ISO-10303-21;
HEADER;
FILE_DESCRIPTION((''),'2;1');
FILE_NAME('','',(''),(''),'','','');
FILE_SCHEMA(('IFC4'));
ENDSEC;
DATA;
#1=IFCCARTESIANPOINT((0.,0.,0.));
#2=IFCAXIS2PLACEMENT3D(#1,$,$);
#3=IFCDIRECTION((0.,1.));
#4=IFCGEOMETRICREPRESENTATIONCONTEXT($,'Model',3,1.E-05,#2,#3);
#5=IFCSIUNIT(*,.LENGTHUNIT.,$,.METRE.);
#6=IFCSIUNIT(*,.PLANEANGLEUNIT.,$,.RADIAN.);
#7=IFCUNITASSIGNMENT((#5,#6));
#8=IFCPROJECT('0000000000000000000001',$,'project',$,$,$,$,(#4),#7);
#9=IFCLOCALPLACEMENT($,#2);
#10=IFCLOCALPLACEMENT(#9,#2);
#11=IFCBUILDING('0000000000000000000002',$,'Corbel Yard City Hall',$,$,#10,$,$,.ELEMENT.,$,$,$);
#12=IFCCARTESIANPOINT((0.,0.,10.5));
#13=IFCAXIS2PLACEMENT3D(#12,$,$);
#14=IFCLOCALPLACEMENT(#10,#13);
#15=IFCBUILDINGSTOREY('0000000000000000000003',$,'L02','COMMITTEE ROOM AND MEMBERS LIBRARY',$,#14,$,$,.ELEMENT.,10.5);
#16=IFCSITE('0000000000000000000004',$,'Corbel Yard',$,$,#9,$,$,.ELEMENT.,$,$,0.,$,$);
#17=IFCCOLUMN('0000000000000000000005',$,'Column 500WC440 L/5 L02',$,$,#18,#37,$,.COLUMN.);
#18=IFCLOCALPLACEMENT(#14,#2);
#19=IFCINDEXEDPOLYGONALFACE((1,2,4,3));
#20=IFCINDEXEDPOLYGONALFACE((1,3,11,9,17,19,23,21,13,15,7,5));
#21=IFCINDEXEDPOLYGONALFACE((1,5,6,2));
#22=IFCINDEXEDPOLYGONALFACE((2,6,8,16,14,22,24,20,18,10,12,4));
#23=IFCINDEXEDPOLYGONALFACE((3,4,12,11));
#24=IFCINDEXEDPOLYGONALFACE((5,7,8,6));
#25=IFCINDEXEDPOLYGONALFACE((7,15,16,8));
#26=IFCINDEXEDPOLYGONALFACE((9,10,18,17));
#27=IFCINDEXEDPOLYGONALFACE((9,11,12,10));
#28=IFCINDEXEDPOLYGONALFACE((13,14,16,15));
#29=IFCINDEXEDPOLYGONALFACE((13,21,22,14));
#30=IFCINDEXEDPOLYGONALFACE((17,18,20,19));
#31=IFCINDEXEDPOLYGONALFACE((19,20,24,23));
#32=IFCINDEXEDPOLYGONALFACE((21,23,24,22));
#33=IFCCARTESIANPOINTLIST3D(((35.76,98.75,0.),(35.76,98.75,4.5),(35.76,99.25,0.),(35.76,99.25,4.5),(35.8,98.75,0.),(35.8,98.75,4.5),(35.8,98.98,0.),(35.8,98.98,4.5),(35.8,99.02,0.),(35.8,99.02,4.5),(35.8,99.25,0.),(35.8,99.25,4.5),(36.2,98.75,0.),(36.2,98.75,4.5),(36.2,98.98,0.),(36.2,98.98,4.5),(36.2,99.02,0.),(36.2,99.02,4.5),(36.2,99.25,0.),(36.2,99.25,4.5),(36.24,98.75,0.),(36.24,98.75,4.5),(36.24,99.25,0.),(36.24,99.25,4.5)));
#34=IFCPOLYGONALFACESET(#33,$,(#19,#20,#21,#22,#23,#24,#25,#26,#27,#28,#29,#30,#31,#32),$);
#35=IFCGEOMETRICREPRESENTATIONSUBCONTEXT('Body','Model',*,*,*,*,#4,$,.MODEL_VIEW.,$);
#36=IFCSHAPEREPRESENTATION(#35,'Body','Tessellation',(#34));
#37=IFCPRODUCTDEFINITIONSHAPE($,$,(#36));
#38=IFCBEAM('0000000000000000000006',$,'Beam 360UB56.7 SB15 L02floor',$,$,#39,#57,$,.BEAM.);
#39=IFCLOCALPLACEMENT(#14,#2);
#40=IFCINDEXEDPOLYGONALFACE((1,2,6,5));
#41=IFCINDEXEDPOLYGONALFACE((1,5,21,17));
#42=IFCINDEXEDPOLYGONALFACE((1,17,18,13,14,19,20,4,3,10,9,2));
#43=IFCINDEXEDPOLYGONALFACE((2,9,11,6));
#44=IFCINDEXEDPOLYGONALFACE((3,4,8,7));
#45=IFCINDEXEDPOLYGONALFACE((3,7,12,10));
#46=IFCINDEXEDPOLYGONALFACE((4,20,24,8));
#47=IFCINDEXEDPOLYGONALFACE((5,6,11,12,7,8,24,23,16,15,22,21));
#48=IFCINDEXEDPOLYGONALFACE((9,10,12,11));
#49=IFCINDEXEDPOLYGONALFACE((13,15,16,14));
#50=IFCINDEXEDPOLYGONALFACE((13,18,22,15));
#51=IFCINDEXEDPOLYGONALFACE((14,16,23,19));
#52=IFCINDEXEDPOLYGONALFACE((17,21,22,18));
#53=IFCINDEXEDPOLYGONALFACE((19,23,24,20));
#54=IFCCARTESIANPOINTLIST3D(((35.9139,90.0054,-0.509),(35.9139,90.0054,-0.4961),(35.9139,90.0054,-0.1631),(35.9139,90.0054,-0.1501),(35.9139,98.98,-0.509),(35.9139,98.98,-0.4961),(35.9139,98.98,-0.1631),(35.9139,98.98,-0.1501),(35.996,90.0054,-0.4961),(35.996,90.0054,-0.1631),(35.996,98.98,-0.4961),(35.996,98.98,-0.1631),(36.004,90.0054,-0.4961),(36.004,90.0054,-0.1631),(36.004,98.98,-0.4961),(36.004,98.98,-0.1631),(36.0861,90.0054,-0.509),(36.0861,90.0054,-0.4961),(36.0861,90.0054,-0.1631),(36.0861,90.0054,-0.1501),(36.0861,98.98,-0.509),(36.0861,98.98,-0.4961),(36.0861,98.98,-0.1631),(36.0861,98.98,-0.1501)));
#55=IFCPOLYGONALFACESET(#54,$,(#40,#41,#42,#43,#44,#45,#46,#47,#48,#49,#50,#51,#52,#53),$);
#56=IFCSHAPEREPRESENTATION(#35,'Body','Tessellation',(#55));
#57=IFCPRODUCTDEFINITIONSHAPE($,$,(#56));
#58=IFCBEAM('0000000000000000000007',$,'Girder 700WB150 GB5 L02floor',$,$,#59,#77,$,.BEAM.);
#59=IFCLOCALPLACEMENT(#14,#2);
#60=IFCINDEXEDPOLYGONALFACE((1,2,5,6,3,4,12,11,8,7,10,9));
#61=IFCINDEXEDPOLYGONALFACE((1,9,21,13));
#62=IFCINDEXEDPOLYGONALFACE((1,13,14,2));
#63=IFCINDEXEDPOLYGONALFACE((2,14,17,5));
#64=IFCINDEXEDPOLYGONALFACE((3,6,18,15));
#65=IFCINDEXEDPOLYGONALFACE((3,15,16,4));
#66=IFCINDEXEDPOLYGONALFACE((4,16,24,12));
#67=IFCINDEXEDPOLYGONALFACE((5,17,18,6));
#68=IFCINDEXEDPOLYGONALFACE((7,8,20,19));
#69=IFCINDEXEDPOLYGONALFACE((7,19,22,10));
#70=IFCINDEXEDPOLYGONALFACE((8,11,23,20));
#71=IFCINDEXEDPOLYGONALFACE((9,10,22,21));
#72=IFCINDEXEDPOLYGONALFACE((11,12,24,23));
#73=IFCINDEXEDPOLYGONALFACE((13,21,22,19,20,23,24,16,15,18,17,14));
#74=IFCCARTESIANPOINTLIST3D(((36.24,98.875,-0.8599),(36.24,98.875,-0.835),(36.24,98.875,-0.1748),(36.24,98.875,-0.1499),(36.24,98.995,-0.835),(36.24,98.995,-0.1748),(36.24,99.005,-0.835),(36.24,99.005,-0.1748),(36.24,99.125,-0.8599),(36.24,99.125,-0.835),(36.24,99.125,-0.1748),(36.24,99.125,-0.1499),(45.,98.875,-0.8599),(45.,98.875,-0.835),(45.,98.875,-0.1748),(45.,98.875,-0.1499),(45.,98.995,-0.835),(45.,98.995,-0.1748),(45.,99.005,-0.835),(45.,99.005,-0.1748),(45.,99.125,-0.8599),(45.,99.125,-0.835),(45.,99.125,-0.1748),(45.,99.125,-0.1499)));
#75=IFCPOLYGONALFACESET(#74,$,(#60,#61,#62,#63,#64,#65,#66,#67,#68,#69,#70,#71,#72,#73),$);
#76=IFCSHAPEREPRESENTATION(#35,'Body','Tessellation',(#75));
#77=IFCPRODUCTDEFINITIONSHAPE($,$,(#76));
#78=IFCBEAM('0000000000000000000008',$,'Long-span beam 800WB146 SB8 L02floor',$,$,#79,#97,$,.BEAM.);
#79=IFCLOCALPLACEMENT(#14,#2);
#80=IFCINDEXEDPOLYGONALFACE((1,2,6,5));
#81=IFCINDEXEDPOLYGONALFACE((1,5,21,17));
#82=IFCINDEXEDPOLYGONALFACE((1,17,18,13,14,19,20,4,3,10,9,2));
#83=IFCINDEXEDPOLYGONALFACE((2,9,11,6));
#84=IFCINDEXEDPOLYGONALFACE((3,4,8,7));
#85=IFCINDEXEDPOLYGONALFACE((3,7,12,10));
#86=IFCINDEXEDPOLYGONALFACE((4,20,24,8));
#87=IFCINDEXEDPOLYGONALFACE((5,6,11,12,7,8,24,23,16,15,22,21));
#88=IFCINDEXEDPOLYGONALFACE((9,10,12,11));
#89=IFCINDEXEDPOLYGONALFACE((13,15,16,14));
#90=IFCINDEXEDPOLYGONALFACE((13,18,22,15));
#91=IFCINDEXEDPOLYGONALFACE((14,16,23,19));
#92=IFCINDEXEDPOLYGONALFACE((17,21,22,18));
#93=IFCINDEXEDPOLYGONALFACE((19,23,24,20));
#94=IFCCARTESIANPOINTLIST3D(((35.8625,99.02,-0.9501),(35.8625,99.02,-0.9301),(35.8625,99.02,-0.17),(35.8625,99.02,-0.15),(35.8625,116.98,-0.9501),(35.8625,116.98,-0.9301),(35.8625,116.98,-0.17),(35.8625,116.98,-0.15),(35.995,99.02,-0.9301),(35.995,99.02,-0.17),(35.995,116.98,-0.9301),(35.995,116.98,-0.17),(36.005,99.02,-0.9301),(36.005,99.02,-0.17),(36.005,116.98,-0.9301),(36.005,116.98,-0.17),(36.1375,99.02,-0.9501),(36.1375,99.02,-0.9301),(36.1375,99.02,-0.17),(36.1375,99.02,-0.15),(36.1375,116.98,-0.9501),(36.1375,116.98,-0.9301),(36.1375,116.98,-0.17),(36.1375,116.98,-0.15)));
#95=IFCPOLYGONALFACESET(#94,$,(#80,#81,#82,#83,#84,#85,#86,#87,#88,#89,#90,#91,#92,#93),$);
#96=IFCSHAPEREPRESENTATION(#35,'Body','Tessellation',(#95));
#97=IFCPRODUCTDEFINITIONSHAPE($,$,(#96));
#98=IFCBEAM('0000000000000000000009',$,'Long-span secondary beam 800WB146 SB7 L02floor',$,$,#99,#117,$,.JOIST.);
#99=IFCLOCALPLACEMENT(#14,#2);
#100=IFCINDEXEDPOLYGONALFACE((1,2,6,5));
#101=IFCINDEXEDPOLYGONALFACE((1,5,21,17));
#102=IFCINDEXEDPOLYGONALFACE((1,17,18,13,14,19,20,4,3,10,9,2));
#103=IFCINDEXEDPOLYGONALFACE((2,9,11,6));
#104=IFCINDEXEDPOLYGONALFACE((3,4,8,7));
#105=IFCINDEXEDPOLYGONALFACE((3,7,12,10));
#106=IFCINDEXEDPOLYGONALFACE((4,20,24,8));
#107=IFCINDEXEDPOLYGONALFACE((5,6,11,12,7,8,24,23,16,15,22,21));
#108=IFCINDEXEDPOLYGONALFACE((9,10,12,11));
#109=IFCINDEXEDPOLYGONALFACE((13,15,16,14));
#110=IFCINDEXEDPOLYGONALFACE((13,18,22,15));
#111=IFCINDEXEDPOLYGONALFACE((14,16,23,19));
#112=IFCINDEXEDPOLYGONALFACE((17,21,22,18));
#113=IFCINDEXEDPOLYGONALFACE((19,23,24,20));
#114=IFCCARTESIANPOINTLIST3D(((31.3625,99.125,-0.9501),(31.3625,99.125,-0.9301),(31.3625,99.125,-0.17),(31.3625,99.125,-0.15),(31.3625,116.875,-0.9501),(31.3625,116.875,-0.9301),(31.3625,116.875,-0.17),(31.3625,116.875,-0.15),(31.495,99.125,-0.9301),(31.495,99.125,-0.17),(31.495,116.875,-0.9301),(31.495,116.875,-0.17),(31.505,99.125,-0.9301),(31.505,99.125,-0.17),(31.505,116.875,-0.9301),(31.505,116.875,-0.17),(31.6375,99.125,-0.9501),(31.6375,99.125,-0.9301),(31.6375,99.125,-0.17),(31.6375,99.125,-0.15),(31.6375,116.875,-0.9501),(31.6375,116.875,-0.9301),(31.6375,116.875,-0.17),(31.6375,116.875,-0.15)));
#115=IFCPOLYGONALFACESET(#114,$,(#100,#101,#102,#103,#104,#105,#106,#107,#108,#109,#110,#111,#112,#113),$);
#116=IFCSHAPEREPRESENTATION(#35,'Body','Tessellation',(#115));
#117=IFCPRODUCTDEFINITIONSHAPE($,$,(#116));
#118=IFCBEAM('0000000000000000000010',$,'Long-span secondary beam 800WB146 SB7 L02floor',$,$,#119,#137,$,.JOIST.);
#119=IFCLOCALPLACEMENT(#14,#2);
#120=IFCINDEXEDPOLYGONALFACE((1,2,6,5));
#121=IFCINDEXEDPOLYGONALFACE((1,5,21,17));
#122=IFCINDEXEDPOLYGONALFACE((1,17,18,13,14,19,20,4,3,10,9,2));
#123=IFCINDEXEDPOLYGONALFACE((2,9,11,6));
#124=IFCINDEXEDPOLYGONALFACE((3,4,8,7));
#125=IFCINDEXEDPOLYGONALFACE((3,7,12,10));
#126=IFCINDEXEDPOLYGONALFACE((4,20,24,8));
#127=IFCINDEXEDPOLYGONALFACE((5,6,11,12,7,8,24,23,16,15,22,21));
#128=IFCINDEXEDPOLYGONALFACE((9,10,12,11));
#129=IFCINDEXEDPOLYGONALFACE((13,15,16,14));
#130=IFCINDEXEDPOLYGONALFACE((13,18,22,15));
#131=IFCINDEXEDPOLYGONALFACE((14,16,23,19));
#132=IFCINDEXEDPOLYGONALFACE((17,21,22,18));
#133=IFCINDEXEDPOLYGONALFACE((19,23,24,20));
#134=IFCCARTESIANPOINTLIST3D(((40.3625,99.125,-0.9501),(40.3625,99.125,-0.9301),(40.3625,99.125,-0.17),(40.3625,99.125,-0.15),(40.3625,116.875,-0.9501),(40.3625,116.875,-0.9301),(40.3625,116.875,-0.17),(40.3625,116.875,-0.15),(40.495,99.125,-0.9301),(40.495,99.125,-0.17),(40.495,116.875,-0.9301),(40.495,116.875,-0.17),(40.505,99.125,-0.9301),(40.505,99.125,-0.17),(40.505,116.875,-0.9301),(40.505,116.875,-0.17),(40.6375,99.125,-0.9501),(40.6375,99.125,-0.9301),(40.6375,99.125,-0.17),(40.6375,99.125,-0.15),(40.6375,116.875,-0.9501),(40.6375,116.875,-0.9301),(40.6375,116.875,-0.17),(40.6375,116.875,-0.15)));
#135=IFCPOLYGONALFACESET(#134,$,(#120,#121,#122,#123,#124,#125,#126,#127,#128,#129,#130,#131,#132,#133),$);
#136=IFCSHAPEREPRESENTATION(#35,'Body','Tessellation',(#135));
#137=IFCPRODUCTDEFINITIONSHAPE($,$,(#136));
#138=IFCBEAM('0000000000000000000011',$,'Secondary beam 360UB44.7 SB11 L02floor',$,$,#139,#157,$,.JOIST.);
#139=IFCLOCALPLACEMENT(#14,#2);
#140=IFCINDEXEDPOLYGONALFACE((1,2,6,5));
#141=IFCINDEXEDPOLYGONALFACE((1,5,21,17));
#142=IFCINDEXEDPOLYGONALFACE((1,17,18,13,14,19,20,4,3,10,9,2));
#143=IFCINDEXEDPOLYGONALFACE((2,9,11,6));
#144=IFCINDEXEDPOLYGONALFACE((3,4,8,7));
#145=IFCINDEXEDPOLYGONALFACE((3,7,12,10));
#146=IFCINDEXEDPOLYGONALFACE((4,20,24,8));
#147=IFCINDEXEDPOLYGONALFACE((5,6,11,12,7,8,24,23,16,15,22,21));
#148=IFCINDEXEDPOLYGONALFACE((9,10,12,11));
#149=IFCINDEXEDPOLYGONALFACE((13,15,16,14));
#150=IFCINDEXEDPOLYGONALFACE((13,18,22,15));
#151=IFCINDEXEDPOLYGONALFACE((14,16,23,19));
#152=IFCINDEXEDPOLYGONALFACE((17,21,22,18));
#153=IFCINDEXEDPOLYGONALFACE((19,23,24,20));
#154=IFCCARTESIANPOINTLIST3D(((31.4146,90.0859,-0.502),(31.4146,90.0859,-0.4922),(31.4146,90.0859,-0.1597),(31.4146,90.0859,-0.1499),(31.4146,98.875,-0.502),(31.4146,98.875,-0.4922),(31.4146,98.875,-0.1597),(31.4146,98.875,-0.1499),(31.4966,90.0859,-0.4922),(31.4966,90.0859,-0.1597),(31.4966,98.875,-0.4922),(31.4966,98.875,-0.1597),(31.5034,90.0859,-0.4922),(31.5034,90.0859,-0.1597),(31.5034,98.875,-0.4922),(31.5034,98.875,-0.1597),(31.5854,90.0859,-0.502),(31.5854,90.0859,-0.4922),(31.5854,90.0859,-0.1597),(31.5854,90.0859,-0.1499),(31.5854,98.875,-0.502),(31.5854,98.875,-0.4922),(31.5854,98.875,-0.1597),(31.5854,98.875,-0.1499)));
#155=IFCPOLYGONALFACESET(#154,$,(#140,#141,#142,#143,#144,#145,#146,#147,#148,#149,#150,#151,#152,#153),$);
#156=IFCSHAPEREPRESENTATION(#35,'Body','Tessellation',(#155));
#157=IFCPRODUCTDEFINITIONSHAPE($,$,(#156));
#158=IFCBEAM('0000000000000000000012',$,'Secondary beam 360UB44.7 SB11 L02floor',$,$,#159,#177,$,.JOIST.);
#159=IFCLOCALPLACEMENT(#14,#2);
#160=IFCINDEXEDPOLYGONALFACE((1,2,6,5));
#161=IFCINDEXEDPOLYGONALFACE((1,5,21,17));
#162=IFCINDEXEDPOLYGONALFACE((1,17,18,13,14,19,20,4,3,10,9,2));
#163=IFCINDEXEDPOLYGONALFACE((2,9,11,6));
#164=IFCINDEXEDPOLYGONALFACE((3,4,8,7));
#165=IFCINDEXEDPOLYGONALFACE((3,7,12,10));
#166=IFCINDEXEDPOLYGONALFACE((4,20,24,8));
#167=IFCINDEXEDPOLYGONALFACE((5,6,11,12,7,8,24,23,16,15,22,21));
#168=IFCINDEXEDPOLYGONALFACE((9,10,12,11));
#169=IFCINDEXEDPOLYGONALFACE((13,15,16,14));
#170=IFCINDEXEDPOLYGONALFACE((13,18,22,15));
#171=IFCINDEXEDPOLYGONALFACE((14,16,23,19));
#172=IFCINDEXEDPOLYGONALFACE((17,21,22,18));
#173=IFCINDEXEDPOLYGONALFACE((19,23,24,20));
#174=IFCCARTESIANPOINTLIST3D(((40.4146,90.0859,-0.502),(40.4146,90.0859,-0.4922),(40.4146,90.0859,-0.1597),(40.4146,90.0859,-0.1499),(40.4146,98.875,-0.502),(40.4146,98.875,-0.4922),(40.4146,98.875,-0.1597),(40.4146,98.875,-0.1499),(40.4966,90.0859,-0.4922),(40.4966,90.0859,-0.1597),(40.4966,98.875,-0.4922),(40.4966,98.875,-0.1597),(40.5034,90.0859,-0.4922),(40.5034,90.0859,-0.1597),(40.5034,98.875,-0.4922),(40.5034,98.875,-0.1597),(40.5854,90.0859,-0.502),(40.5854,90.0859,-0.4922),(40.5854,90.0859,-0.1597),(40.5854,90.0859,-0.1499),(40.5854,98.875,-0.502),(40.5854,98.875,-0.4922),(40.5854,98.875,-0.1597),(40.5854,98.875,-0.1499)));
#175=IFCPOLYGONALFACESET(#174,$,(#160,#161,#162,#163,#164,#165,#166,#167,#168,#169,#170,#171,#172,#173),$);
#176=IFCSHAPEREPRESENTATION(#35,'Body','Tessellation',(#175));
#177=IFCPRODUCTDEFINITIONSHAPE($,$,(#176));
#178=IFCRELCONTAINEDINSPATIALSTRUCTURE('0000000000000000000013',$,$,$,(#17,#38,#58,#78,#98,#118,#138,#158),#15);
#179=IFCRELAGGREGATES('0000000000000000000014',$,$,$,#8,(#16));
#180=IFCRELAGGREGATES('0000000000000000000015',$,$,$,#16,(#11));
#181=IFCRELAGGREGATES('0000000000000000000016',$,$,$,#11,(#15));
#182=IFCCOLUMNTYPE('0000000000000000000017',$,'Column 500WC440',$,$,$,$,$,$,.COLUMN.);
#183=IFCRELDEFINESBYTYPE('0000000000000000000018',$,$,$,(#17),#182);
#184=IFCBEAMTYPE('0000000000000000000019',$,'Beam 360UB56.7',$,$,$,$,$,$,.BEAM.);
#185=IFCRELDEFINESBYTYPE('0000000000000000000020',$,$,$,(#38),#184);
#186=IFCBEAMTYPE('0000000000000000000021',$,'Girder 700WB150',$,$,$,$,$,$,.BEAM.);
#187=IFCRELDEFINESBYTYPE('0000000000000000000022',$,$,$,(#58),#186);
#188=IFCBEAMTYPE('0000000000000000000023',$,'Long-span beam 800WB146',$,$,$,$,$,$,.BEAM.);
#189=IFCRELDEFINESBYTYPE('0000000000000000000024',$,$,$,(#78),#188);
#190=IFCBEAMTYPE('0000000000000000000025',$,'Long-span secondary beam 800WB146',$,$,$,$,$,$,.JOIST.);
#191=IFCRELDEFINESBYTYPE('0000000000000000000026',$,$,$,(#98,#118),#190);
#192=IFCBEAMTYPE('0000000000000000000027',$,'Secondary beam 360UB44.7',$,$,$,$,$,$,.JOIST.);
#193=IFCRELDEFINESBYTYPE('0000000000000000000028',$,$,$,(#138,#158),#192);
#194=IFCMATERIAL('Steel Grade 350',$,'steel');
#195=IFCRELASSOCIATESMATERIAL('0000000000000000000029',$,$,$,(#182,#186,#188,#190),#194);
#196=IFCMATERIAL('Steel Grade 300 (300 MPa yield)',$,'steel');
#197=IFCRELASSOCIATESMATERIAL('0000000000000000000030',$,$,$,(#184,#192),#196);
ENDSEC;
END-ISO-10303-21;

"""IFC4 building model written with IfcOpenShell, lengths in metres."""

from ifc_helpers import new_model, si_unit, direction, frame, origin, origin_2d, place, context, subcontext, project, spatial, i_section, extrude, material, material_profile, profile_set, type_object, element, save


model = new_model("IFC4")

# Units and contexts
model_context = context("Model", 3, precision=1e-05, world=origin(), true_north=direction((0.0, 1.0)))
body_context = subcontext(model_context, "Body", "Model", "MODEL_VIEW")
ifc_project = project(units=[si_unit("LENGTHUNIT", "METRE"), si_unit("PLANEANGLEUNIT", "RADIAN")], contexts=[model_context])

# Site, building, storey
site_placement = place(None, origin())
site = spatial("IfcSite", under=ifc_project, at=site_placement, Name="Corbel Yard", CompositionType="ELEMENT", RefElevation=0.0)
building_placement = place(site_placement, origin())
building = spatial("IfcBuilding", under=site, at=building_placement, Name="Corbel Yard City Hall", CompositionType="ELEMENT")
storey_placement = place(building_placement, frame((0.0, 0.0, 10.5)))
storey = spatial("IfcBuildingStorey", under=building, at=storey_placement, Name="L02", Description="COMMITTEE ROOM AND MEMBERS LIBRARY", CompositionType="ELEMENT", Elevation=10.5)

# Column
ifc_material_1 = material(Name="Steel Grade 350", Category="steel")
ifc_material_profile_1 = material_profile(ifc_material_1, i_section(OverallWidth=0.5, OverallDepth=0.48, WebThickness=0.04, FlangeThickness=0.04, at=origin_2d()), Name="500WC440")
ifc_profile_set_1 = profile_set([ifc_material_profile_1], Name="Steel Grade 350")
column_type = type_object("IfcColumnType", Name="Column 500WC440", PredefinedType="COLUMN", material=ifc_profile_set_1)
column_placement = place(storey_placement, frame((36.0, 99.0, 0.0), z_axis=(0.0, 0.0, 1.0), x_axis=(0.0, 1.0, 0.0)))
element("IfcColumn", 1, at=column_placement, inside=storey, type_object=column_type, Name="Column 500WC440 L/5 L02", PredefinedType="COLUMN", context=body_context, shape_type="SweptSolid", body=[
    extrude(i_section(OverallWidth=0.5, OverallDepth=0.48, WebThickness=0.04, FlangeThickness=0.04, at=origin_2d()), origin(), (0.0, 0.0, 1.0), 4.5),
])

# Beams
ifc_material_2 = material(Name="Steel Grade 300 (300 MPa yield)", Category="steel")
ifc_material_profile_2 = material_profile(ifc_material_2, i_section(OverallWidth=0.1721, OverallDepth=0.3589, WebThickness=0.0081, FlangeThickness=0.0129, at=origin_2d()), Name="360UB56.7")
ifc_profile_set_2 = profile_set([ifc_material_profile_2], Name="Steel Grade 300 (300 MPa yield)")
beam_type_1 = type_object("IfcBeamType", Name="Beam 360UB56.7", PredefinedType="BEAM", material=ifc_profile_set_2)
beam_1_placement = place(storey_placement, frame((36.0, 90.0054, -0.3296), z_axis=(0.0, 1.0, 0.0), x_axis=(-1.0, 0.0, 0.0)))
element("IfcBeam", 2, at=beam_1_placement, inside=storey, type_object=beam_type_1, Name="Beam 360UB56.7 SB15 L02floor", PredefinedType="BEAM", context=body_context, shape_type="SweptSolid", body=[
    extrude(i_section(OverallWidth=0.1721, OverallDepth=0.3589, WebThickness=0.0081, FlangeThickness=0.0129, at=origin_2d()), origin(), (0.0, 0.0, 1.0), 8.9746),
])
ifc_material_profile_3 = material_profile(ifc_material_1, i_section(OverallWidth=0.25, OverallDepth=0.71, WebThickness=0.01, FlangeThickness=0.0249, at=origin_2d()), Name="700WB150")
ifc_profile_set_3 = profile_set([ifc_material_profile_3], Name="Steel Grade 350")
beam_type_2 = type_object("IfcBeamType", Name="Girder 700WB150", PredefinedType="BEAM", material=ifc_profile_set_3)
beam_2_placement = place(storey_placement, frame((36.24, 99.0, -0.5049), z_axis=(1.0, 0.0, 0.0), x_axis=(0.0, 1.0, 0.0)))
element("IfcBeam", 3, at=beam_2_placement, inside=storey, type_object=beam_type_2, Name="Girder 700WB150 GB5 L02floor", PredefinedType="BEAM", context=body_context, shape_type="SweptSolid", body=[
    extrude(i_section(OverallWidth=0.25, OverallDepth=0.71, WebThickness=0.01, FlangeThickness=0.0249, at=origin_2d()), origin(), (0.0, 0.0, 1.0), 8.76),
])
ifc_material_profile_4 = material_profile(ifc_material_1, i_section(OverallWidth=0.2749, OverallDepth=0.8, WebThickness=0.01, FlangeThickness=0.02, at=origin_2d()), Name="800WB146")
ifc_profile_set_4 = profile_set([ifc_material_profile_4], Name="Steel Grade 350")
beam_type_3 = type_object("IfcBeamType", Name="Long-span beam 800WB146", PredefinedType="BEAM", material=ifc_profile_set_4)
beam_3_placement = place(storey_placement, frame((36.0, 99.02, -0.55), z_axis=(0.0, 1.0, 0.0), x_axis=(-1.0, 0.0, 0.0)))
element("IfcBeam", 4, at=beam_3_placement, inside=storey, type_object=beam_type_3, Name="Long-span beam 800WB146 SB8 L02floor", PredefinedType="BEAM", context=body_context, shape_type="SweptSolid", body=[
    extrude(i_section(OverallWidth=0.2749, OverallDepth=0.8, WebThickness=0.01, FlangeThickness=0.02, at=origin_2d()), origin(), (0.0, 0.0, 1.0), 17.96),
])
ifc_material_profile_5 = material_profile(ifc_material_1, i_section(OverallWidth=0.2749, OverallDepth=0.8, WebThickness=0.01, FlangeThickness=0.02, at=origin_2d()), Name="800WB146")
ifc_profile_set_5 = profile_set([ifc_material_profile_5], Name="Steel Grade 350")
beam_type_4 = type_object("IfcBeamType", Name="Long-span secondary beam 800WB146", PredefinedType="JOIST", material=ifc_profile_set_5)
for number, where, z_axis, x_axis, name in (
    (5, (31.5, 99.125, -0.55), (0.0, 1.0, 0.0), (-1.0, 0.0, 0.0), "Long-span secondary beam 800WB146 SB7 L02floor"),
    (6, (40.5, 99.125, -0.55), (0.0, 1.0, 0.0), (-1.0, 0.0, 0.0), "Long-span secondary beam 800WB146 SB7 L02floor"),
):
    element("IfcBeam", number, at=place(storey_placement, frame(where, z_axis=z_axis, x_axis=x_axis)), inside=storey, type_object=beam_type_4, Name=name, PredefinedType="JOIST", context=body_context, shape_type="SweptSolid", body=[
        extrude(i_section(OverallWidth=0.2749, OverallDepth=0.8, WebThickness=0.01, FlangeThickness=0.02, at=origin_2d()), origin(), (0.0, 0.0, 1.0), 17.75),
    ])
ifc_material_profile_6 = material_profile(ifc_material_2, i_section(OverallWidth=0.1709, OverallDepth=0.3521, WebThickness=0.0068, FlangeThickness=0.0098, at=origin_2d()), Name="360UB44.7")
ifc_profile_set_6 = profile_set([ifc_material_profile_6], Name="Steel Grade 300 (300 MPa yield)")
beam_type_5 = type_object("IfcBeamType", Name="Secondary beam 360UB44.7", PredefinedType="JOIST", material=ifc_profile_set_6)
for number, where, z_axis, x_axis, name in (
    (7, (31.5, 90.0859, -0.3259), (0.0, 1.0, 0.0), (-1.0, 0.0, 0.0), "Secondary beam 360UB44.7 SB11 L02floor"),
    (8, (40.5, 90.0859, -0.3259), (0.0, 1.0, 0.0), (-1.0, 0.0, 0.0), "Secondary beam 360UB44.7 SB11 L02floor"),
):
    element("IfcBeam", number, at=place(storey_placement, frame(where, z_axis=z_axis, x_axis=x_axis)), inside=storey, type_object=beam_type_5, Name=name, PredefinedType="JOIST", context=body_context, shape_type="SweptSolid", body=[
        extrude(i_section(OverallWidth=0.1709, OverallDepth=0.3521, WebThickness=0.0068, FlangeThickness=0.0098, at=origin_2d()), origin(), (0.0, 0.0, 1.0), 8.7891),
    ])

save(model, "model.ifc")
